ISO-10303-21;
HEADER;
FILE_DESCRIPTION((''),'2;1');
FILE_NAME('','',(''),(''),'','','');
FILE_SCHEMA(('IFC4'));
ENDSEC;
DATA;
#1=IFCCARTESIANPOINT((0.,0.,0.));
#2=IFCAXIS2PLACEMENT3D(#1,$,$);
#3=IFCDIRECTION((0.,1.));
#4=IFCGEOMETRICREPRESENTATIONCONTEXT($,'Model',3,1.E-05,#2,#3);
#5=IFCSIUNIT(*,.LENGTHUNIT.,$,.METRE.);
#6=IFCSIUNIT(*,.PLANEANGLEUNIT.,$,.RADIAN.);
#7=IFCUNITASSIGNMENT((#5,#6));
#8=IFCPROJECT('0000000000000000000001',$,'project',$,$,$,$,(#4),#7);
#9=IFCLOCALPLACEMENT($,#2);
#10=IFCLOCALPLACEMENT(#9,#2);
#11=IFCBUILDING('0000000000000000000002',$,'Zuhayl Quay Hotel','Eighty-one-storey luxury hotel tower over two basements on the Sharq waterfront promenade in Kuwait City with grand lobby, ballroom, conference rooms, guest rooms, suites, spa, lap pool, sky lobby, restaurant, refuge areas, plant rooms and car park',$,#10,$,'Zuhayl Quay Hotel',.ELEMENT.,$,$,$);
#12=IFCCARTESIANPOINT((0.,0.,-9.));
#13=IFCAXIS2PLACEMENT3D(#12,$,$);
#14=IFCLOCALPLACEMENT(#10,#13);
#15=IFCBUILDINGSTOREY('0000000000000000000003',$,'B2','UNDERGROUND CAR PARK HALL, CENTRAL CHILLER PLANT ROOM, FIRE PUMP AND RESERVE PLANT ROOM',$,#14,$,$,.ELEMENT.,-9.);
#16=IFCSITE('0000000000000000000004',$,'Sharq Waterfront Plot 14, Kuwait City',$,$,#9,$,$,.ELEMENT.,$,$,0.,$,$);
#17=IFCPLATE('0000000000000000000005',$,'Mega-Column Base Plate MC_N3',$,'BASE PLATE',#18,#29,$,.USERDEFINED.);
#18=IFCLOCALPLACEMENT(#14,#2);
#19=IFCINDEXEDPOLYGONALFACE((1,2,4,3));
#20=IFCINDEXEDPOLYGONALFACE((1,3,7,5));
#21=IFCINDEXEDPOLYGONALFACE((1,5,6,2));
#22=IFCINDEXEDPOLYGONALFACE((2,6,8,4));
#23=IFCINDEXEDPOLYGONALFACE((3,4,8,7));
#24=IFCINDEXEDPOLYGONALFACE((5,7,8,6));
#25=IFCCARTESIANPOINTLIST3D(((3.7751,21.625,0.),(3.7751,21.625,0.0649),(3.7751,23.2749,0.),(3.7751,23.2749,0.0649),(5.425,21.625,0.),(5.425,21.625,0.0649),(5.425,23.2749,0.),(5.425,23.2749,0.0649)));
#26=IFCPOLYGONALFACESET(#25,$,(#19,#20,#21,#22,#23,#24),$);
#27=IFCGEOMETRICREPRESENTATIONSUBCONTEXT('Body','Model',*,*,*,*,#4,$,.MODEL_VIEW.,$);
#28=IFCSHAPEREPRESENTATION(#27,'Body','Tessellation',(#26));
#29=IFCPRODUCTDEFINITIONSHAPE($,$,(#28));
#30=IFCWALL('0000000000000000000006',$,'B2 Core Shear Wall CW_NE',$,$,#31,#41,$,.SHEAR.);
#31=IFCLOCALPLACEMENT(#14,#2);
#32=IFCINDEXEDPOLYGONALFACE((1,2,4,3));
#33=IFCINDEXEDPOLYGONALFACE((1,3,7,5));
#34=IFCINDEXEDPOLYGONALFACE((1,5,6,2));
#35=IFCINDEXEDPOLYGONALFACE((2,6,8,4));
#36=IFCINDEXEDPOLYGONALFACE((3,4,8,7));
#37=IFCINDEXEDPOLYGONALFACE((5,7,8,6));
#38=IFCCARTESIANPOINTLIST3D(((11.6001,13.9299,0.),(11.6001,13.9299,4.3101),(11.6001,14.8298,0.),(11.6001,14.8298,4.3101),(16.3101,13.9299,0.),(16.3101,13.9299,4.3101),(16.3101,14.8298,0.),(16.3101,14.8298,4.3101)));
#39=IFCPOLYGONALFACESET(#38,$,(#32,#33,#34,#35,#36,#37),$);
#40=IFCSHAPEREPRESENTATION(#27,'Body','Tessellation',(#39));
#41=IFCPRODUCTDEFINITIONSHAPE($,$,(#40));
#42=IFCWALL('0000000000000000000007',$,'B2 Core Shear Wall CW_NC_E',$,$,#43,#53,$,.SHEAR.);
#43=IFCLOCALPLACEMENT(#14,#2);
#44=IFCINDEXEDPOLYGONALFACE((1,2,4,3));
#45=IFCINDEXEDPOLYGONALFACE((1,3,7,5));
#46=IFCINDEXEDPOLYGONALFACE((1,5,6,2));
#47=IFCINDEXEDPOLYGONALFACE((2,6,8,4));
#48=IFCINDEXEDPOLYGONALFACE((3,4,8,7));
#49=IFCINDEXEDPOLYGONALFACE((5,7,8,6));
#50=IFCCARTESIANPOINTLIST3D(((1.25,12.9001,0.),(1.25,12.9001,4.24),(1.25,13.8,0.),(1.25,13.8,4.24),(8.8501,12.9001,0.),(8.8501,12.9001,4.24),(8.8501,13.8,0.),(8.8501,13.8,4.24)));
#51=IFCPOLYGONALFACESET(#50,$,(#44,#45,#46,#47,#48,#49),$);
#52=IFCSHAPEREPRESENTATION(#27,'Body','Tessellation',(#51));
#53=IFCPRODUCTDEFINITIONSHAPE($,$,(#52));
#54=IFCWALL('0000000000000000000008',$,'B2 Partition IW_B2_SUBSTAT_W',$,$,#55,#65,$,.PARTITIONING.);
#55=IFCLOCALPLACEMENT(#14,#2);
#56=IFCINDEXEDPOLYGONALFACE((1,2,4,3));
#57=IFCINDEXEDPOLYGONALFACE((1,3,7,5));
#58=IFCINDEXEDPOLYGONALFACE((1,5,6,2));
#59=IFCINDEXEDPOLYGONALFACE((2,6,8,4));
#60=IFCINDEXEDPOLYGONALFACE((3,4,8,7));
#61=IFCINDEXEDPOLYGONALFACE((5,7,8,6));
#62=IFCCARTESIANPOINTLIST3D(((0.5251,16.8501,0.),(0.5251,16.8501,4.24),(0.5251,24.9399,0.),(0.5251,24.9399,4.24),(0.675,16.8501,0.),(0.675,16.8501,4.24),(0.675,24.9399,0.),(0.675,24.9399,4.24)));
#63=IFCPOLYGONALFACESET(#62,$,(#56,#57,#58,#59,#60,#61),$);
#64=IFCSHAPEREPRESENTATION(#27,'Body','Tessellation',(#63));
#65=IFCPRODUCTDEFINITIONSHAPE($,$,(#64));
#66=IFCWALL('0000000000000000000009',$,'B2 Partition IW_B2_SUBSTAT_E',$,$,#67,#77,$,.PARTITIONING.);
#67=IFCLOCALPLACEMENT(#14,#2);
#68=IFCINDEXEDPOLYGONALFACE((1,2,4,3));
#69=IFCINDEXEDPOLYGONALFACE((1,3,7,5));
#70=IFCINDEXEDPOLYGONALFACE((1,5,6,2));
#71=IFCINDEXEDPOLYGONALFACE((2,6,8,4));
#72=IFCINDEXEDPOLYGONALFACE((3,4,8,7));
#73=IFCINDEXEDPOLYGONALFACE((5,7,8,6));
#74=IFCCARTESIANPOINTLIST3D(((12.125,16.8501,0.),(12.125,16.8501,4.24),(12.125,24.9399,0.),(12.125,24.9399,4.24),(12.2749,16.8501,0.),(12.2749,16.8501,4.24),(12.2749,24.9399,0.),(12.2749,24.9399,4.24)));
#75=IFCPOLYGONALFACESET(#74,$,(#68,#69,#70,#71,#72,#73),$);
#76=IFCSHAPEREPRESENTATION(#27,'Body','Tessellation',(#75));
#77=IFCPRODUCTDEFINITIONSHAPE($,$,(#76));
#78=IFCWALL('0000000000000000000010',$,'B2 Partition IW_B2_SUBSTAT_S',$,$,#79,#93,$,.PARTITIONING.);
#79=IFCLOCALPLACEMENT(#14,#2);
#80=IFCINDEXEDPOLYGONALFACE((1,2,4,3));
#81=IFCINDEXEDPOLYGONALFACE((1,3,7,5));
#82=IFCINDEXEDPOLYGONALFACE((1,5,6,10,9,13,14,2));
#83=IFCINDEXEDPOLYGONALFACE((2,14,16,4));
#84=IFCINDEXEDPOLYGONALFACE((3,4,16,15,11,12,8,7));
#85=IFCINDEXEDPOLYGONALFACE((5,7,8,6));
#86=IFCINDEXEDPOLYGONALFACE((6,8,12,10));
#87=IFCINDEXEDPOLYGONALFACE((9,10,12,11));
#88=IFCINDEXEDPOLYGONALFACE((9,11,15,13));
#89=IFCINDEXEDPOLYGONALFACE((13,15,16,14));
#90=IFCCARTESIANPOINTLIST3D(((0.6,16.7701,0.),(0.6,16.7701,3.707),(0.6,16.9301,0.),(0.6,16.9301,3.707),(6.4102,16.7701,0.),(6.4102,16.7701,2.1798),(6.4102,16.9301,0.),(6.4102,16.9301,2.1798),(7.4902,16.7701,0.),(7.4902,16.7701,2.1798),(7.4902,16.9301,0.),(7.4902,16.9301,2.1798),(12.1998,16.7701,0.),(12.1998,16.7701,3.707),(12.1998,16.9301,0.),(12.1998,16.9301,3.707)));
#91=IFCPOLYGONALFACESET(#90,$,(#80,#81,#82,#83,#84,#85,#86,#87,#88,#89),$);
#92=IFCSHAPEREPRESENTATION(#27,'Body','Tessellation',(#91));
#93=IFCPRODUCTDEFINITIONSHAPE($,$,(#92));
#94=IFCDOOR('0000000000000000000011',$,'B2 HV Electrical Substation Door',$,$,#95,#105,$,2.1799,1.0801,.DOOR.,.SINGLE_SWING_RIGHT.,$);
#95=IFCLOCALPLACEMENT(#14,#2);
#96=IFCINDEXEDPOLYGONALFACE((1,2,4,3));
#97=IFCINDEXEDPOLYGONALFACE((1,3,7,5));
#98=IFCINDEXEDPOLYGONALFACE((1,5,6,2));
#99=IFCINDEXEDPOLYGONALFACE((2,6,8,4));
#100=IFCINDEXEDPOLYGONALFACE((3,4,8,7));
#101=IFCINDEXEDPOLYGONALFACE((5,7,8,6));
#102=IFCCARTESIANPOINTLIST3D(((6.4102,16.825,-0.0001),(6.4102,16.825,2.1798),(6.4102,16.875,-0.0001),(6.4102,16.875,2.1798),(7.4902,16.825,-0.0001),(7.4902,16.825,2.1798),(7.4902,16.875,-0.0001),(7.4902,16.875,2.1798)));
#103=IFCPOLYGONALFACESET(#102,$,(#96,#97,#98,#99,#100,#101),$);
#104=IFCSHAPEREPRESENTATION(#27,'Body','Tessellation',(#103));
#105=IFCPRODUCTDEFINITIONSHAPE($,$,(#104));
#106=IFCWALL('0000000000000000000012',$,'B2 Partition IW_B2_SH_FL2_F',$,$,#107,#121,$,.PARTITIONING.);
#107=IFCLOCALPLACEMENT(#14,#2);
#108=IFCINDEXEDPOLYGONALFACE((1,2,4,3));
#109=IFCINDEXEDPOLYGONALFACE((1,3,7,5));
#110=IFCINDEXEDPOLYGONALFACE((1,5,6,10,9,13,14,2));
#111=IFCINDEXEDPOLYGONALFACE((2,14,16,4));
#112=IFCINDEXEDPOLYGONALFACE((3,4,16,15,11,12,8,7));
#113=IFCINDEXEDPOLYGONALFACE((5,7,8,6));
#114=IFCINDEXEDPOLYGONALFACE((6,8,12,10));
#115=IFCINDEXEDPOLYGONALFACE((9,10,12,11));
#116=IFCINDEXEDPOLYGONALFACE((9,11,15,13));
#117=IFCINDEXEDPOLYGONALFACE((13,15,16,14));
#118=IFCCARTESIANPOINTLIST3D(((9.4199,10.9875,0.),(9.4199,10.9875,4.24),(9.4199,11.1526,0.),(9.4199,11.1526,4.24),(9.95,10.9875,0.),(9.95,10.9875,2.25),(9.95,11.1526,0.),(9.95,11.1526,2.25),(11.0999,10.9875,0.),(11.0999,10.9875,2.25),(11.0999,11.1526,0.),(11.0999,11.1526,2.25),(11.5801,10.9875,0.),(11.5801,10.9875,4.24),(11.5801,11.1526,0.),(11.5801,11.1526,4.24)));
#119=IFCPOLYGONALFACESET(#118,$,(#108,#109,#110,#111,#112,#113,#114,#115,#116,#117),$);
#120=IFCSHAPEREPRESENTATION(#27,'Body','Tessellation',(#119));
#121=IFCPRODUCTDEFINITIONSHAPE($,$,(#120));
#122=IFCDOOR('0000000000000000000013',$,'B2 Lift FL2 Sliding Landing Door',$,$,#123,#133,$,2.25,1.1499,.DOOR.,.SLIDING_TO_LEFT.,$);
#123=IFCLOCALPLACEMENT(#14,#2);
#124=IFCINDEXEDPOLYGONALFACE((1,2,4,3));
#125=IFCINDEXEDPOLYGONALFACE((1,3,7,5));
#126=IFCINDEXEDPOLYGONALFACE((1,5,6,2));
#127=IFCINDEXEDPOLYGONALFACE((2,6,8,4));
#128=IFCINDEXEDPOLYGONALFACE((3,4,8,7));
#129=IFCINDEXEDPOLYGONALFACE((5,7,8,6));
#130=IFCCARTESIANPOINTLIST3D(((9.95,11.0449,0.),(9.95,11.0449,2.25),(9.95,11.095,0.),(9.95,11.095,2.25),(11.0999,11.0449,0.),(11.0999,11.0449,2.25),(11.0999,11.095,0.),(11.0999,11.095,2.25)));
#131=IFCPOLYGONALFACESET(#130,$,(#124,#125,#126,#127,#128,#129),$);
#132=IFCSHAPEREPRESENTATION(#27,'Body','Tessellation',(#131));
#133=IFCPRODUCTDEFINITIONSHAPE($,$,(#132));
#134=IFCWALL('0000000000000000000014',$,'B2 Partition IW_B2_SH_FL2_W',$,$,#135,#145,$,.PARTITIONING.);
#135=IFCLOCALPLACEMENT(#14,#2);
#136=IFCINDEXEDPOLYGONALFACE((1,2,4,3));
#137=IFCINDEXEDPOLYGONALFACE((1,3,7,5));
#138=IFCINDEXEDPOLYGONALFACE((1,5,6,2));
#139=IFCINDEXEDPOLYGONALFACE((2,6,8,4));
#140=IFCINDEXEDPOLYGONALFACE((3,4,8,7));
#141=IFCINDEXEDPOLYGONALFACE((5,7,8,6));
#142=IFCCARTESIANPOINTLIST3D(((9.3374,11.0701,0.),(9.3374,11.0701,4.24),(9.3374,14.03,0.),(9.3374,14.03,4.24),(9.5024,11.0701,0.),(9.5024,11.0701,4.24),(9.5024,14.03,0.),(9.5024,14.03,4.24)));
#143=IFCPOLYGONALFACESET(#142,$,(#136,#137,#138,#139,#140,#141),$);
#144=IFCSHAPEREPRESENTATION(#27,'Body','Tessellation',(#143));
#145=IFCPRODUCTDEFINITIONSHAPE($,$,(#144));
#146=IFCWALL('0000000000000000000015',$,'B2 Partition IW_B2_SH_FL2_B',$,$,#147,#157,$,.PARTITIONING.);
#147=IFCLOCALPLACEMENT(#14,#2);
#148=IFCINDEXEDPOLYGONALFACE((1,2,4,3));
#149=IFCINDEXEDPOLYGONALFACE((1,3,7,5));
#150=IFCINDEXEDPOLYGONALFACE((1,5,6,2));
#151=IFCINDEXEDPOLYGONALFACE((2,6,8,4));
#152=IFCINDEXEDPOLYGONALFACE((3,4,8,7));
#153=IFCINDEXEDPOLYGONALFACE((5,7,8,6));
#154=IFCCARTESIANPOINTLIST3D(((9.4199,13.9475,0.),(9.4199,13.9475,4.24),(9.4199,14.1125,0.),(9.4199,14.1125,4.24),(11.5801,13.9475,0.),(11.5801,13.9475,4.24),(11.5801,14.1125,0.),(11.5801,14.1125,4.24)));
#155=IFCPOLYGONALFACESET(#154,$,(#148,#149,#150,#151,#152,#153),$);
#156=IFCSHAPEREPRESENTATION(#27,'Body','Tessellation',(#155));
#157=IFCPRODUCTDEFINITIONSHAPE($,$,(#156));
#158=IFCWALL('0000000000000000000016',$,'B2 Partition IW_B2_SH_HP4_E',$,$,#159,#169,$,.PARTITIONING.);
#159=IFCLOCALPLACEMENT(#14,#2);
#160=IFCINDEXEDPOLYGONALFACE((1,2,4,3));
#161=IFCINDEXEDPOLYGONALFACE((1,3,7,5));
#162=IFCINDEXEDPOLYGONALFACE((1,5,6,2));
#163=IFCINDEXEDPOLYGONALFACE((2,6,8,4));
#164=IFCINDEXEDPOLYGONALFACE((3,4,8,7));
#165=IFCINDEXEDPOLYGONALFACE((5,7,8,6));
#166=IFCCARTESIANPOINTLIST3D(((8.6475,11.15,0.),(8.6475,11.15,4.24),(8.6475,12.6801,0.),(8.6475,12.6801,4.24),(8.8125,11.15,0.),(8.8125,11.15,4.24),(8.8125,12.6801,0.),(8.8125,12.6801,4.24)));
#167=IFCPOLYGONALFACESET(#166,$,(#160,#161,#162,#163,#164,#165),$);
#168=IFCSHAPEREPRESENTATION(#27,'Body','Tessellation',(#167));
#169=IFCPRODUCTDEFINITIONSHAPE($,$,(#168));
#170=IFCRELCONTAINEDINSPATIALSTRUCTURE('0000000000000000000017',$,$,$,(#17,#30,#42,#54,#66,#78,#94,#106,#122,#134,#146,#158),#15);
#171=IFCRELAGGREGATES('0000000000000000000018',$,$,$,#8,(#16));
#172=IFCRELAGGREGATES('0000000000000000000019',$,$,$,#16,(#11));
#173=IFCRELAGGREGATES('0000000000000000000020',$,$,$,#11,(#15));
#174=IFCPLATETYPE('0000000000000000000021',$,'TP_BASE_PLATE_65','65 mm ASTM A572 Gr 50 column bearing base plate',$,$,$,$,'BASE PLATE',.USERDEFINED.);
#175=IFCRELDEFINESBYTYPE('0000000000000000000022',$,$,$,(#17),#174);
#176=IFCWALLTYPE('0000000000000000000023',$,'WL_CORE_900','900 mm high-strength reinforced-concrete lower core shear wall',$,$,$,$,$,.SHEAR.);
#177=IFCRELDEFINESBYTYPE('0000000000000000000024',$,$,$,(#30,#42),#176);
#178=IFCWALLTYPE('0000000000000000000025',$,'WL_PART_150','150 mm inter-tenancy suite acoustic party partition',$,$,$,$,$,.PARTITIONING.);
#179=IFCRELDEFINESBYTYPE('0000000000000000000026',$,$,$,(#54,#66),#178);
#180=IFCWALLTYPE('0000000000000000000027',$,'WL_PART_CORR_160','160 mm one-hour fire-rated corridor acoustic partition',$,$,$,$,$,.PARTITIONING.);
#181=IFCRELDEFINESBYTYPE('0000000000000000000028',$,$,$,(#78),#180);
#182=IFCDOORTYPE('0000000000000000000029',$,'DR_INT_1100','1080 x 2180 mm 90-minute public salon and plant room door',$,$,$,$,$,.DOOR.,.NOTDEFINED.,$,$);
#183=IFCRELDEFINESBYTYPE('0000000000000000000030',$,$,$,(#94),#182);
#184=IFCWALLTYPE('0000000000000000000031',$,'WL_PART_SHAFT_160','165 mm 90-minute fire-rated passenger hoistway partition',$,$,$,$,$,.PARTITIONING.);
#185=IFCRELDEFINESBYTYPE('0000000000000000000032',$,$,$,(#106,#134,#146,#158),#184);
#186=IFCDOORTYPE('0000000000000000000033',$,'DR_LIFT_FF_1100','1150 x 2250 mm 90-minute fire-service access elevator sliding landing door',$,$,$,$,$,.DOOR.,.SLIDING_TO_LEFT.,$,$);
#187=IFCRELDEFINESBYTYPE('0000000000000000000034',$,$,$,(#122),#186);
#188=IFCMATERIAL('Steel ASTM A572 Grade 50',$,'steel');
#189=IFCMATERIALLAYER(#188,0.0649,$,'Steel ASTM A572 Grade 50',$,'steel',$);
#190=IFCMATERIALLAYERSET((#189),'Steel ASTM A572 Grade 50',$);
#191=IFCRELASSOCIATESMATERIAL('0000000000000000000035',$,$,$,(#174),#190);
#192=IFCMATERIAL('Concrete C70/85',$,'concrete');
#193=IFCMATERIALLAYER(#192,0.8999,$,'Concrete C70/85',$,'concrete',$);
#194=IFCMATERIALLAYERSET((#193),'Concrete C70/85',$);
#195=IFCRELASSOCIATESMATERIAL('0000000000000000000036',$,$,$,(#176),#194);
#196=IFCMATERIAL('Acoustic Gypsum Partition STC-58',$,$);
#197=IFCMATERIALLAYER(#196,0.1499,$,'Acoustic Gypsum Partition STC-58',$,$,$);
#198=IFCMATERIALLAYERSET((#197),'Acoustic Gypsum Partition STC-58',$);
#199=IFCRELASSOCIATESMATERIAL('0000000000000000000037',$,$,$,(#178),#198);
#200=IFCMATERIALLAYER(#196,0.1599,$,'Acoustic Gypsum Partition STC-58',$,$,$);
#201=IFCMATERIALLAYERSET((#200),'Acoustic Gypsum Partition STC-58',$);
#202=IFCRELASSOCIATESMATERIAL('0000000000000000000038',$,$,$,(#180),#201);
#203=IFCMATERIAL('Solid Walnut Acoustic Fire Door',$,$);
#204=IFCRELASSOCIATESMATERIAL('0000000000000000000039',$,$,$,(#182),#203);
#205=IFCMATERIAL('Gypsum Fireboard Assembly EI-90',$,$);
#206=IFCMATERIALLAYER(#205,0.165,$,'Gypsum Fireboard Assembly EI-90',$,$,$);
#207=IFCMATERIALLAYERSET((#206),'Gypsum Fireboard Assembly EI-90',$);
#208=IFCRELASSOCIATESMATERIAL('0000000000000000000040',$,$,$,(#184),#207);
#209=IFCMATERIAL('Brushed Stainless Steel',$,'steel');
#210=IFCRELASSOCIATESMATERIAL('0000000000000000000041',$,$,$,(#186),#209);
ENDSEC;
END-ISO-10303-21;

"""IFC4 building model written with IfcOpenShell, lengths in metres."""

from ifc_helpers import new_model, si_unit, direction, frame, frame_2d, origin, origin_2d, place, context, subcontext, project, spatial, rectangle, extrude, material, layer, layer_set, type_object, element, fill, save


model = new_model("IFC4")

# Units and contexts
model_context = context("Model", 3, precision=1e-05, world=origin(), true_north=direction((0.0, 1.0)))
body_context = subcontext(model_context, "Body", "Model", "MODEL_VIEW")
ifc_project = project(units=[si_unit("LENGTHUNIT", "METRE"), si_unit("PLANEANGLEUNIT", "RADIAN")], contexts=[model_context])

# Site, building, storey
site_placement = place(None, origin())
site = spatial("IfcSite", under=ifc_project, at=site_placement, Name="Sharq Waterfront Plot 14, Kuwait City", CompositionType="ELEMENT", RefElevation=0.0)
building_placement = place(site_placement, origin())
building = spatial("IfcBuilding", under=site, at=building_placement, Name="Zuhayl Quay Hotel", Description="Eighty-one-storey luxury hotel tower over two basements on the Sharq waterfront promenade in Kuwait City with grand lobby, ballroom, conference rooms, guest rooms, suites, spa, lap pool, sky lobby, restaurant, refuge areas, plant rooms and car park", LongName="Zuhayl Quay Hotel", CompositionType="ELEMENT")
storey_placement = place(building_placement, frame((0.0, 0.0, -9.0)))
storey = spatial("IfcBuildingStorey", under=building, at=storey_placement, Name="B2", Description="UNDERGROUND CAR PARK HALL, CENTRAL CHILLER PLANT ROOM, FIRE PUMP AND RESERVE PLANT ROOM", CompositionType="ELEMENT", Elevation=-9.0)

# Shared definitions
ifc_material_1 = material(Name="Concrete C70/85", Category="concrete")

# Plate
ifc_material_2 = material(Name="Steel ASTM A572 Grade 50", Category="steel")
ifc_layer_1 = layer(ifc_material_2, 0.0649, Name="Steel ASTM A572 Grade 50", Category="steel")
ifc_layer_set_1 = layer_set([ifc_layer_1], Name="Steel ASTM A572 Grade 50")
plate_type = type_object("IfcPlateType", Name="TP_BASE_PLATE_65", Description="65 mm ASTM A572 Gr 50 column bearing base plate", ElementType="BASE PLATE", PredefinedType="USERDEFINED", material=ifc_layer_set_1)
plate_placement = place(storey_placement, frame((4.6001, 22.45, 0.0), z_axis=(0.0, 0.0, 1.0), x_axis=(1.0, 0.0, 0.0)))
element("IfcPlate", 1, at=plate_placement, inside=storey, type_object=plate_type, Name="Mega-Column Base Plate MC_N3", ObjectType="BASE PLATE", PredefinedType="USERDEFINED", context=body_context, shape_type="SweptSolid", body=[
    extrude(rectangle(XDim=1.6499, YDim=1.6499, at=origin_2d()), origin(), (0.0, 0.0, 1.0), 0.0649),
])

# Walls
ifc_layer_2 = layer(ifc_material_1, 0.8999, Name="Concrete C70/85", Category="concrete")
ifc_layer_set_2 = layer_set([ifc_layer_2], Name="Concrete C70/85")
wall_type_1 = type_object("IfcWallType", Name="WL_CORE_900", Description="900 mm high-strength reinforced-concrete lower core shear wall", PredefinedType="SHEAR", material=ifc_layer_set_2)
wall_1_placement = place(storey_placement, frame((11.6001, 14.3799, 0.0), z_axis=(0.0, 0.0, 1.0), x_axis=(1.0, 0.0, 0.0)))
element("IfcWall", 2, at=wall_1_placement, inside=storey, type_object=wall_type_1, Name="B2 Core Shear Wall CW_NE", PredefinedType="SHEAR", context=body_context, shape_type="SweptSolid", body=[
    extrude(rectangle(XDim=4.71, YDim=0.8999, at=frame_2d((2.355, 0.0))), origin(), (0.0, 0.0, 1.0), 4.3101),
])
wall_2_placement = place(storey_placement, frame((1.25, 13.3501, 0.0), z_axis=(0.0, 0.0, 1.0), x_axis=(1.0, 0.0, 0.0)))
element("IfcWall", 3, at=wall_2_placement, inside=storey, type_object=wall_type_1, Name="B2 Core Shear Wall CW_NC_E", PredefinedType="SHEAR", context=body_context, shape_type="SweptSolid", body=[
    extrude(rectangle(XDim=7.6001, YDim=0.8999, at=frame_2d((3.8, 0.0))), origin(), (0.0, 0.0, 1.0), 4.24),
])
ifc_material_3 = material(Name="Acoustic Gypsum Partition STC-58")
ifc_layer_3 = layer(ifc_material_3, 0.1499, Name="Acoustic Gypsum Partition STC-58")
ifc_layer_set_3 = layer_set([ifc_layer_3], Name="Acoustic Gypsum Partition STC-58")
wall_type_2 = type_object("IfcWallType", Name="WL_PART_150", Description="150 mm inter-tenancy suite acoustic party partition", PredefinedType="PARTITIONING", material=ifc_layer_set_3)
for number, where, z_axis, x_axis, name in (
    (4, (0.6001, 16.8501, 0.0), (0.0, 0.0, 1.0), (0.0, 1.0, 0.0), "B2 Partition IW_B2_SUBSTAT_W"),
    (5, (12.2, 16.8501, 0.0), (0.0, 0.0, 1.0), (0.0, 1.0, 0.0), "B2 Partition IW_B2_SUBSTAT_E"),
):
    element("IfcWall", number, at=place(storey_placement, frame(where, z_axis=z_axis, x_axis=x_axis)), inside=storey, type_object=wall_type_2, Name=name, PredefinedType="PARTITIONING", context=body_context, shape_type="SweptSolid", body=[
        extrude(rectangle(XDim=8.0898, YDim=0.1499, at=frame_2d((4.0449, 0.0))), origin(), (0.0, 0.0, 1.0), 4.24),
    ])

# Walls, openings, doors
ifc_layer_4 = layer(ifc_material_3, 0.1599, Name="Acoustic Gypsum Partition STC-58")
ifc_layer_set_4 = layer_set([ifc_layer_4], Name="Acoustic Gypsum Partition STC-58")
wall_type_3 = type_object("IfcWallType", Name="WL_PART_CORR_160", Description="160 mm one-hour fire-rated corridor acoustic partition", PredefinedType="PARTITIONING", material=ifc_layer_set_4)
wall_3_placement = place(storey_placement, frame((0.6001, 16.8501, 0.0), z_axis=(0.0, 0.0, 1.0), x_axis=(1.0, 0.0, 0.0)))
wall_3 = element("IfcWall", 6, at=wall_3_placement, inside=storey, type_object=wall_type_3, Name="B2 Partition IW_B2_SUBSTAT_S", PredefinedType="PARTITIONING", context=body_context, shape_type="SweptSolid", body=[
    extrude(rectangle(XDim=11.5999, YDim=0.1599, at=frame_2d((5.7998, 0.0))), origin(), (0.0, 0.0, 1.0), 3.707),
])
opening_1_placement = place(wall_3_placement, frame((5.8101, 0.0, 0.0)))
opening_1 = element("IfcOpeningElement", 7, at=opening_1_placement, cuts=wall_3, PredefinedType="OPENING", context=body_context, shape_type="SweptSolid", body=[
    extrude(rectangle(XDim=1.0801, YDim=2.1799, at=frame_2d((0.54, 1.0898))), frame((0.0, 0.0898, 0.0), z_axis=(0.0, -1.0, 0.0), x_axis=(1.0, 0.0, 0.0)), (0.0, 0.0, 1.0), 0.1799),
])
ifc_material_4 = material(Name="Solid Walnut Acoustic Fire Door")
door_type_1 = type_object("IfcDoorType", Name="DR_INT_1100", Description="1080 x 2180 mm 90-minute public salon and plant room door", OperationType="NOTDEFINED", PredefinedType="DOOR", material=ifc_material_4)
door_1_placement = place(opening_1_placement, origin())
door_1 = element("IfcDoor", 8, at=door_1_placement, inside=storey, type_object=door_type_1, Name="B2 HV Electrical Substation Door", OperationType="SINGLE_SWING_RIGHT", OverallHeight=2.1799, OverallWidth=1.0801, PredefinedType="DOOR", context=body_context, shape_type="SweptSolid", body=[
    extrude(rectangle(XDim=1.0801, YDim=2.1799, at=frame_2d((0.54, 1.0898))), frame((0.0, 0.0249, 0.0), z_axis=(0.0, -1.0, 0.0), x_axis=(1.0, 0.0, 0.0)), (0.0, 0.0, 1.0), 0.05),
])
fill(opening_1, door_1)
ifc_material_5 = material(Name="Gypsum Fireboard Assembly EI-90")
ifc_layer_5 = layer(ifc_material_5, 0.165, Name="Gypsum Fireboard Assembly EI-90")
ifc_layer_set_5 = layer_set([ifc_layer_5], Name="Gypsum Fireboard Assembly EI-90")
wall_type_4 = type_object("IfcWallType", Name="WL_PART_SHAFT_160", Description="165 mm 90-minute fire-rated passenger hoistway partition", PredefinedType="PARTITIONING", material=ifc_layer_set_5)
wall_4_placement = place(storey_placement, frame((9.4199, 11.0701, 0.0), z_axis=(0.0, 0.0, 1.0), x_axis=(1.0, 0.0, 0.0)))
wall_4 = element("IfcWall", 9, at=wall_4_placement, inside=storey, type_object=wall_type_4, Name="B2 Partition IW_B2_SH_FL2_F", PredefinedType="PARTITIONING", context=body_context, shape_type="SweptSolid", body=[
    extrude(rectangle(XDim=2.1602, YDim=0.165, at=frame_2d((1.0801, 0.0))), origin(), (0.0, 0.0, 1.0), 4.24),
])
opening_2_placement = place(wall_4_placement, frame((0.53, 0.0, 0.0)))
opening_2 = element("IfcOpeningElement", 10, at=opening_2_placement, cuts=wall_4, PredefinedType="OPENING", context=body_context, shape_type="SweptSolid", body=[
    extrude(rectangle(XDim=1.1499, YDim=2.25, at=frame_2d((0.575, 1.125))), frame((0.0, 0.0925, 0.0), z_axis=(0.0, -1.0, 0.0), x_axis=(1.0, 0.0, 0.0)), (0.0, 0.0, 1.0), 0.1851),
])
ifc_material_6 = material(Name="Brushed Stainless Steel", Category="steel")
door_type_2 = type_object("IfcDoorType", Name="DR_LIFT_FF_1100", Description="1150 x 2250 mm 90-minute fire-service access elevator sliding landing door", OperationType="SLIDING_TO_LEFT", PredefinedType="DOOR", material=ifc_material_6)
door_2_placement = place(opening_2_placement, origin())
door_2 = element("IfcDoor", 11, at=door_2_placement, inside=storey, type_object=door_type_2, Name="B2 Lift FL2 Sliding Landing Door", OperationType="SLIDING_TO_LEFT", OverallHeight=2.25, OverallWidth=1.1499, PredefinedType="DOOR", context=body_context, shape_type="SweptSolid", body=[
    extrude(rectangle(XDim=1.1499, YDim=2.25, at=frame_2d((0.575, 1.125))), frame((0.0, 0.0249, 0.0), z_axis=(0.0, -1.0, 0.0), x_axis=(1.0, 0.0, 0.0)), (0.0, 0.0, 1.0), 0.05),
])
fill(opening_2, door_2)

# Walls
wall_5_placement = place(storey_placement, frame((9.4199, 11.0701, 0.0), z_axis=(0.0, 0.0, 1.0), x_axis=(0.0, 1.0, 0.0)))
element("IfcWall", 12, at=wall_5_placement, inside=storey, type_object=wall_type_4, Name="B2 Partition IW_B2_SH_FL2_W", PredefinedType="PARTITIONING", context=body_context, shape_type="SweptSolid", body=[
    extrude(rectangle(XDim=2.96, YDim=0.165, at=frame_2d((1.48, 0.0))), origin(), (0.0, 0.0, 1.0), 4.24),
])
wall_6_placement = place(storey_placement, frame((9.4199, 14.03, 0.0), z_axis=(0.0, 0.0, 1.0), x_axis=(1.0, 0.0, 0.0)))
element("IfcWall", 13, at=wall_6_placement, inside=storey, type_object=wall_type_4, Name="B2 Partition IW_B2_SH_FL2_B", PredefinedType="PARTITIONING", context=body_context, shape_type="SweptSolid", body=[
    extrude(rectangle(XDim=2.1602, YDim=0.165, at=frame_2d((1.0801, 0.0))), origin(), (0.0, 0.0, 1.0), 4.24),
])
wall_7_placement = place(storey_placement, frame((8.73, 11.1499, 0.0), z_axis=(0.0, 0.0, 1.0), x_axis=(0.0, 1.0, 0.0)))
element("IfcWall", 14, at=wall_7_placement, inside=storey, type_object=wall_type_4, Name="B2 Partition IW_B2_SH_HP4_E", PredefinedType="PARTITIONING", context=body_context, shape_type="SweptSolid", body=[
    extrude(rectangle(XDim=1.53, YDim=0.165, at=frame_2d((0.7651, 0.0))), origin(), (0.0, 0.0, 1.0), 4.24),
])

save(model, "model.ifc")
